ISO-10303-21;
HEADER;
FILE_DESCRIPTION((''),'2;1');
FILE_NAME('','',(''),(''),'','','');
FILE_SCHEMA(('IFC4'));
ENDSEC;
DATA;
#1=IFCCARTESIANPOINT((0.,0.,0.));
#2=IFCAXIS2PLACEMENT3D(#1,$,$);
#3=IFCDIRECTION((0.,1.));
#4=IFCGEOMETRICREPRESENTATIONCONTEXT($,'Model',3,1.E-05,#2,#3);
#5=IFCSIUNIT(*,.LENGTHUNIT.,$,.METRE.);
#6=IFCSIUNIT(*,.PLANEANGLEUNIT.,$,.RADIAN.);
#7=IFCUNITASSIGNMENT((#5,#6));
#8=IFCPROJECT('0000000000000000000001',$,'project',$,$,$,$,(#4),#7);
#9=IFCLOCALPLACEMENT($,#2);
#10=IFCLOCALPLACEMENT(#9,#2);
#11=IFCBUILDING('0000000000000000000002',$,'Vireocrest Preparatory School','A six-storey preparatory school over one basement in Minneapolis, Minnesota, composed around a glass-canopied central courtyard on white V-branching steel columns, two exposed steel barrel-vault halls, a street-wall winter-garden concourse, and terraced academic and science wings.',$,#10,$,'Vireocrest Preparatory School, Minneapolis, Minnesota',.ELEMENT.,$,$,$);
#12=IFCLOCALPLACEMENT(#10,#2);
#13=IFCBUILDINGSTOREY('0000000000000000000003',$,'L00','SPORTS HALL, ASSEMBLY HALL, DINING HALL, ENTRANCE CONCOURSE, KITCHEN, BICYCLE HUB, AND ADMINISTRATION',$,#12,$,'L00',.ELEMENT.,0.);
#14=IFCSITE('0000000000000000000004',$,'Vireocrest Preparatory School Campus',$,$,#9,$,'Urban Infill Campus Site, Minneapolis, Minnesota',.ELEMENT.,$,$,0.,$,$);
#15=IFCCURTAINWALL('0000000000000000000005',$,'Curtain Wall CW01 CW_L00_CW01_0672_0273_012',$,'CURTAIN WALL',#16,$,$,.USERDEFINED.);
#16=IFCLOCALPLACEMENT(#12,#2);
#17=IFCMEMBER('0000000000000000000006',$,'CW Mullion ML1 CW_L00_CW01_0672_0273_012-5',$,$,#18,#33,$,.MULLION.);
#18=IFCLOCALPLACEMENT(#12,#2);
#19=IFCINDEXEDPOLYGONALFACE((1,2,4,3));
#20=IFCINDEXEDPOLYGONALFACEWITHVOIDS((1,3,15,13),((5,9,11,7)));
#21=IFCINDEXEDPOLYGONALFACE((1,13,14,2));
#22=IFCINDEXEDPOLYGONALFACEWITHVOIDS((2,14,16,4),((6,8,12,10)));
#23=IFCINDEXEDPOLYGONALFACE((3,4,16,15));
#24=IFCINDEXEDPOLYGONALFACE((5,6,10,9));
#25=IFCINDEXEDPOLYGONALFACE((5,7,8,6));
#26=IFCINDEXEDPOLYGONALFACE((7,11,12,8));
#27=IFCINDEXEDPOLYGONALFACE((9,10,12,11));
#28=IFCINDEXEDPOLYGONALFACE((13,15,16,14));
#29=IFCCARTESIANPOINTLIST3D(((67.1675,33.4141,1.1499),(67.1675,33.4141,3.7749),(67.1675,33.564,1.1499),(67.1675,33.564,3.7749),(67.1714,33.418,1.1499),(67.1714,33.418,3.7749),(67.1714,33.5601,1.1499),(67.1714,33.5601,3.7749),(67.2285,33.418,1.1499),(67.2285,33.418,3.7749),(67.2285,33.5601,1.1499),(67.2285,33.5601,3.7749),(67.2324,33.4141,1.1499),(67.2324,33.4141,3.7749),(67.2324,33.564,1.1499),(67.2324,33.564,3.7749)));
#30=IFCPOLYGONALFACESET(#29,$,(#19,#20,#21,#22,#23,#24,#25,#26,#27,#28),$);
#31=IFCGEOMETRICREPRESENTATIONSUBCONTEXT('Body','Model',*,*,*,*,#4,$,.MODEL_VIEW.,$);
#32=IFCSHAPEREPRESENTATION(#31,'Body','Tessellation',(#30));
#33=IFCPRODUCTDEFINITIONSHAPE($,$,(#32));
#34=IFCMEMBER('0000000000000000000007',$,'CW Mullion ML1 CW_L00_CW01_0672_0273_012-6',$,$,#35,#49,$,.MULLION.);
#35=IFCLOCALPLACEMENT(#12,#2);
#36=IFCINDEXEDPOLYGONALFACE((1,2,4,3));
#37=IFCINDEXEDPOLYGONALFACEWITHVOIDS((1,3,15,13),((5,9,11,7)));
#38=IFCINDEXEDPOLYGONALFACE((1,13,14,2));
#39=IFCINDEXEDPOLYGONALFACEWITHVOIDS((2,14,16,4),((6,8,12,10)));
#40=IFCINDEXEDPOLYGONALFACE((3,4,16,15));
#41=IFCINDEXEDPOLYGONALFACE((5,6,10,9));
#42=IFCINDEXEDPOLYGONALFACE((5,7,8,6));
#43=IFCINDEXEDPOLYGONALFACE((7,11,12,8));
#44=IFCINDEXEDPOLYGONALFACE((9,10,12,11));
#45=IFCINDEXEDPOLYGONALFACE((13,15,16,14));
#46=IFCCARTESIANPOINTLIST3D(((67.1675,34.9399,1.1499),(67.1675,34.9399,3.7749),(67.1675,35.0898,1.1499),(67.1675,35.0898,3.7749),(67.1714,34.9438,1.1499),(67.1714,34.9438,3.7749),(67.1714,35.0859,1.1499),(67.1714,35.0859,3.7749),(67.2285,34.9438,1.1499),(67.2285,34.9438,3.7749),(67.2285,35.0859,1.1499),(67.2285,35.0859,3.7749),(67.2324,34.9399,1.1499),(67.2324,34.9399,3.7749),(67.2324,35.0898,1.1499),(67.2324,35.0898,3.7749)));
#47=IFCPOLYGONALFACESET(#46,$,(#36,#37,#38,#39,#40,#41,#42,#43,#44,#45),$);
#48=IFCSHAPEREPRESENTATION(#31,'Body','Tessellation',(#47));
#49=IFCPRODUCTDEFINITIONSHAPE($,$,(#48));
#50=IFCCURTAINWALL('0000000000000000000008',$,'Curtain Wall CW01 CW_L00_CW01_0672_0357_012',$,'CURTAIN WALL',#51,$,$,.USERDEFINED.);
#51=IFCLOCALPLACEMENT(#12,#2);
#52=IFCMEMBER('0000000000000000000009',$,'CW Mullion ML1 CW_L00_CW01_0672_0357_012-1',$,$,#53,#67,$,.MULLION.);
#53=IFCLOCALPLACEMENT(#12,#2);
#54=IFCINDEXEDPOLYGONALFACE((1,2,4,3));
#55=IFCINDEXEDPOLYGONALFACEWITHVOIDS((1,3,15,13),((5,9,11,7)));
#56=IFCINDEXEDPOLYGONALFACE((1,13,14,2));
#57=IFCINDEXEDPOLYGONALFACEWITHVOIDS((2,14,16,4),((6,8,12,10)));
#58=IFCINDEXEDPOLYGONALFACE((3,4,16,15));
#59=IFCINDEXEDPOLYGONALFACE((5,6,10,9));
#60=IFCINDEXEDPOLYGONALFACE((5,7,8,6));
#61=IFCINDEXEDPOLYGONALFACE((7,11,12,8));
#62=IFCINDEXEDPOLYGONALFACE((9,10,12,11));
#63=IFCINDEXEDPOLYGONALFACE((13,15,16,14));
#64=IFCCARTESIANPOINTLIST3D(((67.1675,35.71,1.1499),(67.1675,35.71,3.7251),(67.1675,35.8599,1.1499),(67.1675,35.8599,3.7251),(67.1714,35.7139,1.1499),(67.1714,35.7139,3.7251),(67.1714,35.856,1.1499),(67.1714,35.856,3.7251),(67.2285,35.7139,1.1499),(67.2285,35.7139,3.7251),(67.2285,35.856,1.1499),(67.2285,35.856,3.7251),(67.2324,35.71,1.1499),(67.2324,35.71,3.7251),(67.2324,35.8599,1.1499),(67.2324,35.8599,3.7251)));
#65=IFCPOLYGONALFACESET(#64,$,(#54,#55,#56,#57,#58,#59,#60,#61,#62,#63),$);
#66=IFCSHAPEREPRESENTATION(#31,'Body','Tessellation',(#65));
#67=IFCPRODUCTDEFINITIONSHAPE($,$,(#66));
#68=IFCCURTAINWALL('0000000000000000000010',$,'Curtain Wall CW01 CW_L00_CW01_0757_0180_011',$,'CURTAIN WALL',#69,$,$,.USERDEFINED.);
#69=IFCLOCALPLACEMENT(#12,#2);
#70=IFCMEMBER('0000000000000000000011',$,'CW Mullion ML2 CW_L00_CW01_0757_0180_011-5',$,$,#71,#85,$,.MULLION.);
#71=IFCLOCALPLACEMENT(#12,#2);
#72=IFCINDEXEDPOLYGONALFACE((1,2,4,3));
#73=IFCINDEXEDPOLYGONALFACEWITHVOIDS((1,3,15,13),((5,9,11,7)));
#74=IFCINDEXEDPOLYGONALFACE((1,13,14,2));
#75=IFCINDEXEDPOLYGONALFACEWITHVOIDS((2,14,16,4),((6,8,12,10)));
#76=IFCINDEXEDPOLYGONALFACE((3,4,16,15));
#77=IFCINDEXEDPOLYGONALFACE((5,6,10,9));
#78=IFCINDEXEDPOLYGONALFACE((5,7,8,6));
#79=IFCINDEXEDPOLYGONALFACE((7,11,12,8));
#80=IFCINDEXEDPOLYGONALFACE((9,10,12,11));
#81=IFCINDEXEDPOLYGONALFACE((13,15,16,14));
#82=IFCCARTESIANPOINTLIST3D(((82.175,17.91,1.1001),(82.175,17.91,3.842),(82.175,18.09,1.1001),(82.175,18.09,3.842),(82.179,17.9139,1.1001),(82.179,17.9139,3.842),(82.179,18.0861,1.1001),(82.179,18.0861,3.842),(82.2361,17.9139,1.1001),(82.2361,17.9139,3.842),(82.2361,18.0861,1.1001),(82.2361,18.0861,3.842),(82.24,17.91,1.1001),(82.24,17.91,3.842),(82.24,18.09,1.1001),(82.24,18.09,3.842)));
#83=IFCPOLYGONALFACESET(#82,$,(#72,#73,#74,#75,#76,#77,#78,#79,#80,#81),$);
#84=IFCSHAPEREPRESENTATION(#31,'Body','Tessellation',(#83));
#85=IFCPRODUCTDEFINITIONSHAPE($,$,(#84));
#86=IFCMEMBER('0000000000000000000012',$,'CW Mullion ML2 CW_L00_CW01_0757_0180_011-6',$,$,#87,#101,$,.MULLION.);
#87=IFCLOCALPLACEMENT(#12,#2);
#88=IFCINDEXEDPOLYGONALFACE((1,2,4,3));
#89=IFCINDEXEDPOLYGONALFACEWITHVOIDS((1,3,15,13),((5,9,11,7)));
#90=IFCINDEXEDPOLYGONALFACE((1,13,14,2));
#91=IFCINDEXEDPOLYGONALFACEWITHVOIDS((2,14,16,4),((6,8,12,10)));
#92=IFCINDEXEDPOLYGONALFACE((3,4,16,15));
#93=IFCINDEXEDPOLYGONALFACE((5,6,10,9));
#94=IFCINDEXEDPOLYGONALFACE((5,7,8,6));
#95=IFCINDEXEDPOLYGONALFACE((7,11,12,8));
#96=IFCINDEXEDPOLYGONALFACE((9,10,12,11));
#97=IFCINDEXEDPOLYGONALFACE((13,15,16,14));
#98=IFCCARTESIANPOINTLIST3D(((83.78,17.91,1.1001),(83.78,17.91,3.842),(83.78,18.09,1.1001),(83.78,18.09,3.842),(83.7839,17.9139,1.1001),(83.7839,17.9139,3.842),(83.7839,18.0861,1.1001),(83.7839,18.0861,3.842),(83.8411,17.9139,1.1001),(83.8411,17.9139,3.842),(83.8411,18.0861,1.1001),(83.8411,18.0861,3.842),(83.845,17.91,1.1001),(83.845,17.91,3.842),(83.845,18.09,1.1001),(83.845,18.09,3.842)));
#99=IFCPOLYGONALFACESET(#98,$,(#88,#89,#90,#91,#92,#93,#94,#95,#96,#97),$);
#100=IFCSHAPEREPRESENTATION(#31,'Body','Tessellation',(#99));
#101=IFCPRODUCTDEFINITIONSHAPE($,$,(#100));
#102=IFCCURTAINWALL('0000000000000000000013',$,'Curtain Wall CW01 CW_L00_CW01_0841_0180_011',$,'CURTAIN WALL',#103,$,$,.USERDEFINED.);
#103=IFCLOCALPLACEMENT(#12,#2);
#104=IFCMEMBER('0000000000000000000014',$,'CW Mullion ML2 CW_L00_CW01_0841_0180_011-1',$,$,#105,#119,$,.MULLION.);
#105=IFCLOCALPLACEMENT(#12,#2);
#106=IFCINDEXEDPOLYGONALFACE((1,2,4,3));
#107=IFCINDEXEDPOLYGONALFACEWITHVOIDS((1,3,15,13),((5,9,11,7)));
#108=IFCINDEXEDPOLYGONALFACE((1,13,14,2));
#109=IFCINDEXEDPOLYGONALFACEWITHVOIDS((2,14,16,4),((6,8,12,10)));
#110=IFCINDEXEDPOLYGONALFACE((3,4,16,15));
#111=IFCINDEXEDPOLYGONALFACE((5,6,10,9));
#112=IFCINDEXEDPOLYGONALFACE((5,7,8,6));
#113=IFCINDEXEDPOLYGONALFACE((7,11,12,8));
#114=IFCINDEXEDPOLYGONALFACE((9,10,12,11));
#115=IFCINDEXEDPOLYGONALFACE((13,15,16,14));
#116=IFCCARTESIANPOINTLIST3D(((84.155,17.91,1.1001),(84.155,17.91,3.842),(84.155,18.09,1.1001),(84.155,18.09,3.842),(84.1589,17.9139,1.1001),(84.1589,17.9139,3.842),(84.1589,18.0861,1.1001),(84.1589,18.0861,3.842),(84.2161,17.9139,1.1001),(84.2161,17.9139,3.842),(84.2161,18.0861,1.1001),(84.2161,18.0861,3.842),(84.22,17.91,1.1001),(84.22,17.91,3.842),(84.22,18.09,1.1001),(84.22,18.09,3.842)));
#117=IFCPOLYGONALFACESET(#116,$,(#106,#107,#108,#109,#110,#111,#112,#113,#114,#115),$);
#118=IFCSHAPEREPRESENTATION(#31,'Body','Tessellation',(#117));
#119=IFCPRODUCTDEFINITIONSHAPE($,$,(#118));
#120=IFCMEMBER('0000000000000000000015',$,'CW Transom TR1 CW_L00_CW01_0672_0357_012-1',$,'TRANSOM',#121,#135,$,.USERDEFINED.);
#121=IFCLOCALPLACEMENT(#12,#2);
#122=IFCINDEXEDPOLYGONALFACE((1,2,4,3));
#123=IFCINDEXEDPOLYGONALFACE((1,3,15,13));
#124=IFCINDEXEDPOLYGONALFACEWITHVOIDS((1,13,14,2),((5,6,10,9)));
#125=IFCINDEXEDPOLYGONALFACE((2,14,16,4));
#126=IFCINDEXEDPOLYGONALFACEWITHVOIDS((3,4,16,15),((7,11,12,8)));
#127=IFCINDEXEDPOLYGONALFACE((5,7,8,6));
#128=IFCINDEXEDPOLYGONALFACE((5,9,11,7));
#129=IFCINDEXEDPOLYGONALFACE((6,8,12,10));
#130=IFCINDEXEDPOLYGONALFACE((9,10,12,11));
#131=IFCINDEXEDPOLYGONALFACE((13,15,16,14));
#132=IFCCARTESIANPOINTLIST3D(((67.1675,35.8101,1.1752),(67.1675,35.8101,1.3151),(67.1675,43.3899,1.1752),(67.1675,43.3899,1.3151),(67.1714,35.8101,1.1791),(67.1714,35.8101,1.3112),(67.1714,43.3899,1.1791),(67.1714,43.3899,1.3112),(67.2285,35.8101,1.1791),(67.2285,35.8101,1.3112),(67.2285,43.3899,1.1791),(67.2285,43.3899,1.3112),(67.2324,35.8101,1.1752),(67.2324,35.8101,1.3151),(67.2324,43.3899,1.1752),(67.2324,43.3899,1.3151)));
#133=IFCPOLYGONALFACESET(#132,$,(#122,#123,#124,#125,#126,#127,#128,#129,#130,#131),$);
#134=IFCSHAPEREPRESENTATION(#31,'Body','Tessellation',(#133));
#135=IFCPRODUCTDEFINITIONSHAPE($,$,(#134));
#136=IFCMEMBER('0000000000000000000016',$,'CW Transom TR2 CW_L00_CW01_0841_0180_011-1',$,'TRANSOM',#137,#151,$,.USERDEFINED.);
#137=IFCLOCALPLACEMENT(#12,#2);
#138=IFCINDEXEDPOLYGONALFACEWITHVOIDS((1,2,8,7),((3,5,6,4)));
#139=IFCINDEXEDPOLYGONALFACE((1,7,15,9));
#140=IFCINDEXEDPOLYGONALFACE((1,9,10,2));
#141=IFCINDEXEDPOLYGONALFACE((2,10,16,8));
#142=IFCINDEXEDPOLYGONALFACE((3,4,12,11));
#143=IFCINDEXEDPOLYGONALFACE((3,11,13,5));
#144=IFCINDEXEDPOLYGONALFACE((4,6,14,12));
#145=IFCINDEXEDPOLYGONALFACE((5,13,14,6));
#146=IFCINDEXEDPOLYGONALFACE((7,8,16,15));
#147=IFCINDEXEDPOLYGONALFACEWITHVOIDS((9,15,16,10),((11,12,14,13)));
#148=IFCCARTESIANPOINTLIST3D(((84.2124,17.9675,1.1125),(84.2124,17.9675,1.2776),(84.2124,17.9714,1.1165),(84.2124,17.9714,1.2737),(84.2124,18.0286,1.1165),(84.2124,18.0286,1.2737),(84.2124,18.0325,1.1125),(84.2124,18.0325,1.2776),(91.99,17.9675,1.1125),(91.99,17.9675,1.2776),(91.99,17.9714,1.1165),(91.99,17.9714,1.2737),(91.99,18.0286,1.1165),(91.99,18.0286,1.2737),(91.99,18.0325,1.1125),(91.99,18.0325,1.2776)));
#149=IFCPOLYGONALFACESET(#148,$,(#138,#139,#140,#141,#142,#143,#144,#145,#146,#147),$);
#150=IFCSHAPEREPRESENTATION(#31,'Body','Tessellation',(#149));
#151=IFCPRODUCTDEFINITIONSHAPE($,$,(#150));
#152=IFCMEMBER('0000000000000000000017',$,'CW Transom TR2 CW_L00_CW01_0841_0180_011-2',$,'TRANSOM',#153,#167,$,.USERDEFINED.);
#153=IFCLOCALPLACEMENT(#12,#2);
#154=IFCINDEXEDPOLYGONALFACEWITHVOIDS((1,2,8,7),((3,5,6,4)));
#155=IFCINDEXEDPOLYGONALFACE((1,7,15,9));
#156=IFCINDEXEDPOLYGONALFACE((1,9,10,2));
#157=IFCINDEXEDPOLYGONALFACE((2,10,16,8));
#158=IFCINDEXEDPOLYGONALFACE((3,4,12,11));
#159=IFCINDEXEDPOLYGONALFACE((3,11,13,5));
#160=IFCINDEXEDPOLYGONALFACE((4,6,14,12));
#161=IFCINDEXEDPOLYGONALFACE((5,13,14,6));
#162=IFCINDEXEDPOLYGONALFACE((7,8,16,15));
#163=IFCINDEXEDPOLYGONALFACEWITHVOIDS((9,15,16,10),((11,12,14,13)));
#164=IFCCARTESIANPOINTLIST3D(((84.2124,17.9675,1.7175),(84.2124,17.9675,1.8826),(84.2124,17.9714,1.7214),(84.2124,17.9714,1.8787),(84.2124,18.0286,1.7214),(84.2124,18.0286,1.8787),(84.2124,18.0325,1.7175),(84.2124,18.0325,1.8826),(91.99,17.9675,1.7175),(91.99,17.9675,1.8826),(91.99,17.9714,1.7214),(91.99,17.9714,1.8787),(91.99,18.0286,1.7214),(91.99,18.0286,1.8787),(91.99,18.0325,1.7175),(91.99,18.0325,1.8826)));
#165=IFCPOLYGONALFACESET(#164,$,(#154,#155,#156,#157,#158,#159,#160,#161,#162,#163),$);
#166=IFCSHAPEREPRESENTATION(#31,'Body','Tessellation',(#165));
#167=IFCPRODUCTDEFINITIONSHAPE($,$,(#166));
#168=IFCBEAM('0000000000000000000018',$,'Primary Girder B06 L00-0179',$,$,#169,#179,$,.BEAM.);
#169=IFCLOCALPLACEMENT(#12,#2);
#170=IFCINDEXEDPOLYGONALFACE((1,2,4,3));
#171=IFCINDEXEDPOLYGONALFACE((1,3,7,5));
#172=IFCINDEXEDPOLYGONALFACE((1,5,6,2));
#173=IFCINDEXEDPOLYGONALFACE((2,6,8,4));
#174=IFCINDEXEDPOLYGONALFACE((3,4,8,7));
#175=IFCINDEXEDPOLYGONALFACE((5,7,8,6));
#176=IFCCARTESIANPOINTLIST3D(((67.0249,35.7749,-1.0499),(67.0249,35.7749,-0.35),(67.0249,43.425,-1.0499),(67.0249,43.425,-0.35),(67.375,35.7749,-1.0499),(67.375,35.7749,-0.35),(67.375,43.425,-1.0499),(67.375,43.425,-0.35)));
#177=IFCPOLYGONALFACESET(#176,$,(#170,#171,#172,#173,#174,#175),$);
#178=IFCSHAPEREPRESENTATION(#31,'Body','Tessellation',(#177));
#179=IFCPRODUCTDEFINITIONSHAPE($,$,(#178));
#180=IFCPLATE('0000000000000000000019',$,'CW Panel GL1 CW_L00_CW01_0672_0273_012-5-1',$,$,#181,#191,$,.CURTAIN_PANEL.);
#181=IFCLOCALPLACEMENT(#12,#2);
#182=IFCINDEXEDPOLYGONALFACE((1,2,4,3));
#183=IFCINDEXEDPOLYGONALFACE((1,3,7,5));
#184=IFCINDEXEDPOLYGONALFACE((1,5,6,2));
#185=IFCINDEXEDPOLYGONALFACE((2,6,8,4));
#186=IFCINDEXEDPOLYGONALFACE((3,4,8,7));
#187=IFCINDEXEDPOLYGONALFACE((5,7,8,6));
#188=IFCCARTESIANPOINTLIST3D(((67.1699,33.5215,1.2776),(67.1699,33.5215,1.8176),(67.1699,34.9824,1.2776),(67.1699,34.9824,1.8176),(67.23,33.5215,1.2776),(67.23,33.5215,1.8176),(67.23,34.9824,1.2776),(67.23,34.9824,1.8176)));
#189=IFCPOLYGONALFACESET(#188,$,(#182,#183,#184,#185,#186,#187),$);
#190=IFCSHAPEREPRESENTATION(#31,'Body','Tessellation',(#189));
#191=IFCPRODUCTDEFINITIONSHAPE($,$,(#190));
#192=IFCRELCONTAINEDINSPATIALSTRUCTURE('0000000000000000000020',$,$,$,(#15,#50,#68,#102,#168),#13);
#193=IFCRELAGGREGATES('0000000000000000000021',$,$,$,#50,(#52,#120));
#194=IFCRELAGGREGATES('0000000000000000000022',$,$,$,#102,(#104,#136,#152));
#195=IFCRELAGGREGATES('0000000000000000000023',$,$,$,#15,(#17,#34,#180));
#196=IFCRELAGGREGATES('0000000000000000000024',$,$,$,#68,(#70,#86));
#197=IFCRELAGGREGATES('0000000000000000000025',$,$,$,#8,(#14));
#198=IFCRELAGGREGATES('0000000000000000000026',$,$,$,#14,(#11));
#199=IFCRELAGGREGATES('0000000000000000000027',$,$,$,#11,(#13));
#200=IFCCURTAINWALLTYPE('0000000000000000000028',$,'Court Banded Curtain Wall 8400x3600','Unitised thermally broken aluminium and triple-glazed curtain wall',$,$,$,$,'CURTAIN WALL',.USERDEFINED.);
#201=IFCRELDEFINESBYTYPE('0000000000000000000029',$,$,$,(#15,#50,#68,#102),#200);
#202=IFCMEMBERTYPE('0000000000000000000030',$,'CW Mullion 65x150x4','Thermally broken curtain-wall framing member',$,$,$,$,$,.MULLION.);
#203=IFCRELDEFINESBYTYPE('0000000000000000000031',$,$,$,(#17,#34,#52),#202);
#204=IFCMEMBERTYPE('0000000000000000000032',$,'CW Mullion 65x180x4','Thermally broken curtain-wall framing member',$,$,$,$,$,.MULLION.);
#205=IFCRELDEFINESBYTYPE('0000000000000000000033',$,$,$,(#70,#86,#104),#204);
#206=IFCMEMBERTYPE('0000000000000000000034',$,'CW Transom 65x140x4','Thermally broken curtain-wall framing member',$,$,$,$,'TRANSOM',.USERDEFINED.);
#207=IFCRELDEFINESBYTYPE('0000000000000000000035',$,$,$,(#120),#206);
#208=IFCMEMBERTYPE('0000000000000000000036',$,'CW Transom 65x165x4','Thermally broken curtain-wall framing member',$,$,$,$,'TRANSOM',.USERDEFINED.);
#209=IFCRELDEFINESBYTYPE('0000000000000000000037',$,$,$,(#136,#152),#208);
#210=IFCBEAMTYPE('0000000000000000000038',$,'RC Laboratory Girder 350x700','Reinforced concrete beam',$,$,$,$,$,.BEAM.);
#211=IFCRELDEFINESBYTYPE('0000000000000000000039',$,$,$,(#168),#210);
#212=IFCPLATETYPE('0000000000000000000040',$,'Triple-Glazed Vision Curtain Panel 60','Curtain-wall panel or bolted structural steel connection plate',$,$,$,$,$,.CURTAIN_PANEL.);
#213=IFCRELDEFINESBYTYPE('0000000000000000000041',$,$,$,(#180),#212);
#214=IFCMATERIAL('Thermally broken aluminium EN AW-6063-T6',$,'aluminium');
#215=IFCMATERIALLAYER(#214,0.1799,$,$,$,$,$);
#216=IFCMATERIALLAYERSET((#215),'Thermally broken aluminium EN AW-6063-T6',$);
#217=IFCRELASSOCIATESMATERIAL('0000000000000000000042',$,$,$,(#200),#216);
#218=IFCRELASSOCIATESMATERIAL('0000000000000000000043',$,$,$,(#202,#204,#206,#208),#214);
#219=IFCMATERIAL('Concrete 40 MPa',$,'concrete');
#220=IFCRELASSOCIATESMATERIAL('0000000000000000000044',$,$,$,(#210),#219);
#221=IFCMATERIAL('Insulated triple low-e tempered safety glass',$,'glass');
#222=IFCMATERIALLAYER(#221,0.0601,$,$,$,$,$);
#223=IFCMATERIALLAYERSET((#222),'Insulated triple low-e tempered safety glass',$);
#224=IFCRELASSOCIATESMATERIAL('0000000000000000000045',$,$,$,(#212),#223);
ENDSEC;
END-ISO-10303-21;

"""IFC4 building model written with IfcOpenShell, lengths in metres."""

from ifc_helpers import new_model, si_unit, direction, frame, origin, origin_2d, place, context, subcontext, project, spatial, rectangle, hollow_rectangle, extrude, material, layer, layer_set, material_profile, profile_set, type_object, element, aggregate, save


model = new_model("IFC4")

# Units and contexts
model_context = context("Model", 3, precision=1e-05, world=origin(), true_north=direction((0.0, 1.0)))
body_context = subcontext(model_context, "Body", "Model", "MODEL_VIEW")
ifc_project = project(units=[si_unit("LENGTHUNIT", "METRE"), si_unit("PLANEANGLEUNIT", "RADIAN")], contexts=[model_context])

# Site, building, storey
site_placement = place(None, origin())
site = spatial("IfcSite", under=ifc_project, at=site_placement, Name="Vireocrest Preparatory School Campus", LongName="Urban Infill Campus Site, Minneapolis, Minnesota", CompositionType="ELEMENT", RefElevation=0.0)
building_placement = place(site_placement, origin())
building = spatial("IfcBuilding", under=site, at=building_placement, Name="Vireocrest Preparatory School", Description="A six-storey preparatory school over one basement in Minneapolis, Minnesota, composed around a glass-canopied central courtyard on white V-branching steel columns, two exposed steel barrel-vault halls, a street-wall winter-garden concourse, and terraced academic and science wings.", LongName="Vireocrest Preparatory School, Minneapolis, Minnesota", CompositionType="ELEMENT")
storey_placement = place(building_placement, origin())
storey = spatial("IfcBuildingStorey", under=building, at=storey_placement, Name="L00", Description="SPORTS HALL, ASSEMBLY HALL, DINING HALL, ENTRANCE CONCOURSE, KITCHEN, BICYCLE HUB, AND ADMINISTRATION", LongName="L00", CompositionType="ELEMENT", Elevation=0.0)

# Curtain wall, members
ifc_material_1 = material(Name="Thermally broken aluminium EN AW-6063-T6", Category="aluminium")
ifc_layer_1 = layer(ifc_material_1, 0.1799)
ifc_layer_set_1 = layer_set([ifc_layer_1], Name="Thermally broken aluminium EN AW-6063-T6")
curtain_wall_type = type_object("IfcCurtainWallType", Name="Court Banded Curtain Wall 8400x3600", Description="Unitised thermally broken aluminium and triple-glazed curtain wall", ElementType="CURTAIN WALL", PredefinedType="USERDEFINED", material=ifc_layer_set_1)
curtain_wall_1_placement = place(storey_placement, origin())
curtain_wall_1 = element("IfcCurtainWall", 1, at=curtain_wall_1_placement, inside=storey, type_object=curtain_wall_type, Name="Curtain Wall CW01 CW_L00_CW01_0672_0273_012", ObjectType="CURTAIN WALL", PredefinedType="USERDEFINED")
ifc_material_profile_1 = material_profile(ifc_material_1, hollow_rectangle(XDim=0.0649, YDim=0.1499, WallThickness=0.0039, at=origin_2d()), Name="ALU 65x150x4")
ifc_profile_set_1 = profile_set([ifc_material_profile_1], Name="Thermally broken aluminium EN AW-6063-T6")
member_type_1 = type_object("IfcMemberType", Name="CW Mullion 65x150x4", Description="Thermally broken curtain-wall framing member", PredefinedType="MULLION", material=ifc_profile_set_1)
member_1_placement = place(storey_placement, frame((67.2, 33.489, 1.1499), z_axis=(0.0, 0.0, 1.0), x_axis=(1.0, 0.0, 0.0)))
member_1 = element("IfcMember", 2, at=member_1_placement, type_object=member_type_1, Name="CW Mullion ML1 CW_L00_CW01_0672_0273_012-5", PredefinedType="MULLION", context=body_context, shape_type="SweptSolid", body=[
    extrude(hollow_rectangle(XDim=0.0649, YDim=0.1499, WallThickness=0.0039, at=origin_2d()), origin(), (0.0, 0.0, 1.0), 2.625),
])
member_2_placement = place(storey_placement, frame((67.2, 35.0149, 1.1499), z_axis=(0.0, 0.0, 1.0), x_axis=(1.0, 0.0, 0.0)))
member_2 = element("IfcMember", 3, at=member_2_placement, type_object=member_type_1, Name="CW Mullion ML1 CW_L00_CW01_0672_0273_012-6", PredefinedType="MULLION", context=body_context, shape_type="SweptSolid", body=[
    extrude(hollow_rectangle(XDim=0.0649, YDim=0.1499, WallThickness=0.0039, at=origin_2d()), origin(), (0.0, 0.0, 1.0), 2.625),
])

# Curtain wall, member
curtain_wall_2_placement = place(storey_placement, origin())
curtain_wall_2 = element("IfcCurtainWall", 4, at=curtain_wall_2_placement, inside=storey, type_object=curtain_wall_type, Name="Curtain Wall CW01 CW_L00_CW01_0672_0357_012", ObjectType="CURTAIN WALL", PredefinedType="USERDEFINED")
member_3_placement = place(storey_placement, frame((67.2, 35.7849, 1.1499), z_axis=(0.0, 0.0, 1.0), x_axis=(1.0, 0.0, 0.0)))
member_3 = element("IfcMember", 5, at=member_3_placement, type_object=member_type_1, Name="CW Mullion ML1 CW_L00_CW01_0672_0357_012-1", PredefinedType="MULLION", context=body_context, shape_type="SweptSolid", body=[
    extrude(hollow_rectangle(XDim=0.0649, YDim=0.1499, WallThickness=0.0039, at=origin_2d()), origin(), (0.0, 0.0, 1.0), 2.5752),
])

# Curtain wall, members
curtain_wall_3_placement = place(storey_placement, origin())
curtain_wall_3 = element("IfcCurtainWall", 6, at=curtain_wall_3_placement, inside=storey, type_object=curtain_wall_type, Name="Curtain Wall CW01 CW_L00_CW01_0757_0180_011", ObjectType="CURTAIN WALL", PredefinedType="USERDEFINED")
ifc_material_profile_2 = material_profile(ifc_material_1, hollow_rectangle(XDim=0.0649, YDim=0.1799, WallThickness=0.0039, at=origin_2d()), Name="ALU 65x180x4")
ifc_profile_set_2 = profile_set([ifc_material_profile_2], Name="Thermally broken aluminium EN AW-6063-T6")
member_type_2 = type_object("IfcMemberType", Name="CW Mullion 65x180x4", Description="Thermally broken curtain-wall framing member", PredefinedType="MULLION", material=ifc_profile_set_2)
member_4_placement = place(storey_placement, frame((82.2075, 18.0, 1.1001), z_axis=(0.0, 0.0, 1.0), x_axis=(1.0, 0.0, 0.0)))
member_4 = element("IfcMember", 7, at=member_4_placement, type_object=member_type_2, Name="CW Mullion ML2 CW_L00_CW01_0757_0180_011-5", PredefinedType="MULLION", context=body_context, shape_type="SweptSolid", body=[
    extrude(hollow_rectangle(XDim=0.0649, YDim=0.1799, WallThickness=0.0039, at=origin_2d()), origin(), (0.0, 0.0, 1.0), 2.7419),
])
member_5_placement = place(storey_placement, frame((83.8125, 18.0, 1.1001), z_axis=(0.0, 0.0, 1.0), x_axis=(1.0, 0.0, 0.0)))
member_5 = element("IfcMember", 8, at=member_5_placement, type_object=member_type_2, Name="CW Mullion ML2 CW_L00_CW01_0757_0180_011-6", PredefinedType="MULLION", context=body_context, shape_type="SweptSolid", body=[
    extrude(hollow_rectangle(XDim=0.0649, YDim=0.1799, WallThickness=0.0039, at=origin_2d()), origin(), (0.0, 0.0, 1.0), 2.7419),
])

# Curtain wall, member
curtain_wall_4_placement = place(storey_placement, origin())
curtain_wall_4 = element("IfcCurtainWall", 9, at=curtain_wall_4_placement, inside=storey, type_object=curtain_wall_type, Name="Curtain Wall CW01 CW_L00_CW01_0841_0180_011", ObjectType="CURTAIN WALL", PredefinedType="USERDEFINED")
member_6_placement = place(storey_placement, frame((84.1875, 18.0, 1.1001), z_axis=(0.0, 0.0, 1.0), x_axis=(1.0, 0.0, 0.0)))
member_6 = element("IfcMember", 10, at=member_6_placement, type_object=member_type_2, Name="CW Mullion ML2 CW_L00_CW01_0841_0180_011-1", PredefinedType="MULLION", context=body_context, shape_type="SweptSolid", body=[
    extrude(hollow_rectangle(XDim=0.0649, YDim=0.1799, WallThickness=0.0039, at=origin_2d()), origin(), (0.0, 0.0, 1.0), 2.7419),
])

# Members
ifc_material_profile_3 = material_profile(ifc_material_1, hollow_rectangle(XDim=0.0649, YDim=0.1399, WallThickness=0.0039, at=origin_2d()), Name="ALU 65x140x4")
ifc_profile_set_3 = profile_set([ifc_material_profile_3], Name="Thermally broken aluminium EN AW-6063-T6")
member_type_3 = type_object("IfcMemberType", Name="CW Transom 65x140x4", Description="Thermally broken curtain-wall framing member", ElementType="TRANSOM", PredefinedType="USERDEFINED", material=ifc_profile_set_3)
member_7_placement = place(storey_placement, frame((67.2, 35.8101, 1.2451), z_axis=(0.0, 1.0, 0.0), x_axis=(-1.0, 0.0, 0.0)))
member_7 = element("IfcMember", 11, at=member_7_placement, type_object=member_type_3, Name="CW Transom TR1 CW_L00_CW01_0672_0357_012-1", ObjectType="TRANSOM", PredefinedType="USERDEFINED", context=body_context, shape_type="SweptSolid", body=[
    extrude(hollow_rectangle(XDim=0.0649, YDim=0.1399, WallThickness=0.0039, at=origin_2d()), origin(), (0.0, 0.0, 1.0), 7.5798),
])
aggregate(curtain_wall_2, [member_3, member_7])
ifc_material_profile_4 = material_profile(ifc_material_1, hollow_rectangle(XDim=0.0649, YDim=0.165, WallThickness=0.0039, at=origin_2d()), Name="ALU 65x165x4")
ifc_profile_set_4 = profile_set([ifc_material_profile_4], Name="Thermally broken aluminium EN AW-6063-T6")
member_type_4 = type_object("IfcMemberType", Name="CW Transom 65x165x4", Description="Thermally broken curtain-wall framing member", ElementType="TRANSOM", PredefinedType="USERDEFINED", material=ifc_profile_set_4)
member_8_placement = place(storey_placement, frame((84.2124, 18.0, 1.1951), z_axis=(1.0, 0.0, 0.0), x_axis=(0.0, 1.0, 0.0)))
member_8 = element("IfcMember", 12, at=member_8_placement, type_object=member_type_4, Name="CW Transom TR2 CW_L00_CW01_0841_0180_011-1", ObjectType="TRANSOM", PredefinedType="USERDEFINED", context=body_context, shape_type="SweptSolid", body=[
    extrude(hollow_rectangle(XDim=0.0649, YDim=0.165, WallThickness=0.0039, at=origin_2d()), origin(), (0.0, 0.0, 1.0), 7.7776),
])
member_9_placement = place(storey_placement, frame((84.2124, 18.0, 1.8), z_axis=(1.0, 0.0, 0.0), x_axis=(0.0, 1.0, 0.0)))
member_9 = element("IfcMember", 13, at=member_9_placement, type_object=member_type_4, Name="CW Transom TR2 CW_L00_CW01_0841_0180_011-2", ObjectType="TRANSOM", PredefinedType="USERDEFINED", context=body_context, shape_type="SweptSolid", body=[
    extrude(hollow_rectangle(XDim=0.0649, YDim=0.165, WallThickness=0.0039, at=origin_2d()), origin(), (0.0, 0.0, 1.0), 7.7776),
])
aggregate(curtain_wall_4, [member_6, member_8, member_9])

# Beam
ifc_material_2 = material(Name="Concrete 40 MPa", Category="concrete")
ifc_material_profile_5 = material_profile(ifc_material_2, rectangle(XDim=0.3501, YDim=0.7, at=origin_2d()), Name="RC 350x700")
ifc_profile_set_5 = profile_set([ifc_material_profile_5], Name="Concrete 40 MPa")
beam_type = type_object("IfcBeamType", Name="RC Laboratory Girder 350x700", Description="Reinforced concrete beam", PredefinedType="BEAM", material=ifc_profile_set_5)
beam_placement = place(storey_placement, frame((67.2, 35.7749, -0.7), z_axis=(0.0, 1.0, 0.0), x_axis=(-1.0, 0.0, 0.0)))
element("IfcBeam", 14, at=beam_placement, inside=storey, type_object=beam_type, Name="Primary Girder B06 L00-0179", PredefinedType="BEAM", context=body_context, shape_type="SweptSolid", body=[
    extrude(rectangle(XDim=0.3501, YDim=0.7, at=origin_2d()), origin(), (0.0, 0.0, 1.0), 7.6501),
])

# Plate
ifc_material_3 = material(Name="Insulated triple low-e tempered safety glass", Category="glass")
ifc_layer_2 = layer(ifc_material_3, 0.0601)
ifc_layer_set_2 = layer_set([ifc_layer_2], Name="Insulated triple low-e tempered safety glass")
plate_type = type_object("IfcPlateType", Name="Triple-Glazed Vision Curtain Panel 60", Description="Curtain-wall panel or bolted structural steel connection plate", PredefinedType="CURTAIN_PANEL", material=ifc_layer_set_2)
plate_1_placement = place(storey_placement, frame((67.2, 34.252, 1.2776), z_axis=(0.0, 0.0, 1.0), x_axis=(0.0, 1.0, 0.0)))
plate_1 = element("IfcPlate", 15, at=plate_1_placement, type_object=plate_type, Name="CW Panel GL1 CW_L00_CW01_0672_0273_012-5-1", PredefinedType="CURTAIN_PANEL", context=body_context, shape_type="SweptSolid", body=[
    extrude(rectangle(XDim=1.4609, YDim=0.0601, at=origin_2d()), origin(), (0.0, 0.0, 1.0), 0.54),
])
aggregate(curtain_wall_1, [member_1, member_2, plate_1])
aggregate(curtain_wall_3, [member_4, member_5])

save(model, "model.ifc")
